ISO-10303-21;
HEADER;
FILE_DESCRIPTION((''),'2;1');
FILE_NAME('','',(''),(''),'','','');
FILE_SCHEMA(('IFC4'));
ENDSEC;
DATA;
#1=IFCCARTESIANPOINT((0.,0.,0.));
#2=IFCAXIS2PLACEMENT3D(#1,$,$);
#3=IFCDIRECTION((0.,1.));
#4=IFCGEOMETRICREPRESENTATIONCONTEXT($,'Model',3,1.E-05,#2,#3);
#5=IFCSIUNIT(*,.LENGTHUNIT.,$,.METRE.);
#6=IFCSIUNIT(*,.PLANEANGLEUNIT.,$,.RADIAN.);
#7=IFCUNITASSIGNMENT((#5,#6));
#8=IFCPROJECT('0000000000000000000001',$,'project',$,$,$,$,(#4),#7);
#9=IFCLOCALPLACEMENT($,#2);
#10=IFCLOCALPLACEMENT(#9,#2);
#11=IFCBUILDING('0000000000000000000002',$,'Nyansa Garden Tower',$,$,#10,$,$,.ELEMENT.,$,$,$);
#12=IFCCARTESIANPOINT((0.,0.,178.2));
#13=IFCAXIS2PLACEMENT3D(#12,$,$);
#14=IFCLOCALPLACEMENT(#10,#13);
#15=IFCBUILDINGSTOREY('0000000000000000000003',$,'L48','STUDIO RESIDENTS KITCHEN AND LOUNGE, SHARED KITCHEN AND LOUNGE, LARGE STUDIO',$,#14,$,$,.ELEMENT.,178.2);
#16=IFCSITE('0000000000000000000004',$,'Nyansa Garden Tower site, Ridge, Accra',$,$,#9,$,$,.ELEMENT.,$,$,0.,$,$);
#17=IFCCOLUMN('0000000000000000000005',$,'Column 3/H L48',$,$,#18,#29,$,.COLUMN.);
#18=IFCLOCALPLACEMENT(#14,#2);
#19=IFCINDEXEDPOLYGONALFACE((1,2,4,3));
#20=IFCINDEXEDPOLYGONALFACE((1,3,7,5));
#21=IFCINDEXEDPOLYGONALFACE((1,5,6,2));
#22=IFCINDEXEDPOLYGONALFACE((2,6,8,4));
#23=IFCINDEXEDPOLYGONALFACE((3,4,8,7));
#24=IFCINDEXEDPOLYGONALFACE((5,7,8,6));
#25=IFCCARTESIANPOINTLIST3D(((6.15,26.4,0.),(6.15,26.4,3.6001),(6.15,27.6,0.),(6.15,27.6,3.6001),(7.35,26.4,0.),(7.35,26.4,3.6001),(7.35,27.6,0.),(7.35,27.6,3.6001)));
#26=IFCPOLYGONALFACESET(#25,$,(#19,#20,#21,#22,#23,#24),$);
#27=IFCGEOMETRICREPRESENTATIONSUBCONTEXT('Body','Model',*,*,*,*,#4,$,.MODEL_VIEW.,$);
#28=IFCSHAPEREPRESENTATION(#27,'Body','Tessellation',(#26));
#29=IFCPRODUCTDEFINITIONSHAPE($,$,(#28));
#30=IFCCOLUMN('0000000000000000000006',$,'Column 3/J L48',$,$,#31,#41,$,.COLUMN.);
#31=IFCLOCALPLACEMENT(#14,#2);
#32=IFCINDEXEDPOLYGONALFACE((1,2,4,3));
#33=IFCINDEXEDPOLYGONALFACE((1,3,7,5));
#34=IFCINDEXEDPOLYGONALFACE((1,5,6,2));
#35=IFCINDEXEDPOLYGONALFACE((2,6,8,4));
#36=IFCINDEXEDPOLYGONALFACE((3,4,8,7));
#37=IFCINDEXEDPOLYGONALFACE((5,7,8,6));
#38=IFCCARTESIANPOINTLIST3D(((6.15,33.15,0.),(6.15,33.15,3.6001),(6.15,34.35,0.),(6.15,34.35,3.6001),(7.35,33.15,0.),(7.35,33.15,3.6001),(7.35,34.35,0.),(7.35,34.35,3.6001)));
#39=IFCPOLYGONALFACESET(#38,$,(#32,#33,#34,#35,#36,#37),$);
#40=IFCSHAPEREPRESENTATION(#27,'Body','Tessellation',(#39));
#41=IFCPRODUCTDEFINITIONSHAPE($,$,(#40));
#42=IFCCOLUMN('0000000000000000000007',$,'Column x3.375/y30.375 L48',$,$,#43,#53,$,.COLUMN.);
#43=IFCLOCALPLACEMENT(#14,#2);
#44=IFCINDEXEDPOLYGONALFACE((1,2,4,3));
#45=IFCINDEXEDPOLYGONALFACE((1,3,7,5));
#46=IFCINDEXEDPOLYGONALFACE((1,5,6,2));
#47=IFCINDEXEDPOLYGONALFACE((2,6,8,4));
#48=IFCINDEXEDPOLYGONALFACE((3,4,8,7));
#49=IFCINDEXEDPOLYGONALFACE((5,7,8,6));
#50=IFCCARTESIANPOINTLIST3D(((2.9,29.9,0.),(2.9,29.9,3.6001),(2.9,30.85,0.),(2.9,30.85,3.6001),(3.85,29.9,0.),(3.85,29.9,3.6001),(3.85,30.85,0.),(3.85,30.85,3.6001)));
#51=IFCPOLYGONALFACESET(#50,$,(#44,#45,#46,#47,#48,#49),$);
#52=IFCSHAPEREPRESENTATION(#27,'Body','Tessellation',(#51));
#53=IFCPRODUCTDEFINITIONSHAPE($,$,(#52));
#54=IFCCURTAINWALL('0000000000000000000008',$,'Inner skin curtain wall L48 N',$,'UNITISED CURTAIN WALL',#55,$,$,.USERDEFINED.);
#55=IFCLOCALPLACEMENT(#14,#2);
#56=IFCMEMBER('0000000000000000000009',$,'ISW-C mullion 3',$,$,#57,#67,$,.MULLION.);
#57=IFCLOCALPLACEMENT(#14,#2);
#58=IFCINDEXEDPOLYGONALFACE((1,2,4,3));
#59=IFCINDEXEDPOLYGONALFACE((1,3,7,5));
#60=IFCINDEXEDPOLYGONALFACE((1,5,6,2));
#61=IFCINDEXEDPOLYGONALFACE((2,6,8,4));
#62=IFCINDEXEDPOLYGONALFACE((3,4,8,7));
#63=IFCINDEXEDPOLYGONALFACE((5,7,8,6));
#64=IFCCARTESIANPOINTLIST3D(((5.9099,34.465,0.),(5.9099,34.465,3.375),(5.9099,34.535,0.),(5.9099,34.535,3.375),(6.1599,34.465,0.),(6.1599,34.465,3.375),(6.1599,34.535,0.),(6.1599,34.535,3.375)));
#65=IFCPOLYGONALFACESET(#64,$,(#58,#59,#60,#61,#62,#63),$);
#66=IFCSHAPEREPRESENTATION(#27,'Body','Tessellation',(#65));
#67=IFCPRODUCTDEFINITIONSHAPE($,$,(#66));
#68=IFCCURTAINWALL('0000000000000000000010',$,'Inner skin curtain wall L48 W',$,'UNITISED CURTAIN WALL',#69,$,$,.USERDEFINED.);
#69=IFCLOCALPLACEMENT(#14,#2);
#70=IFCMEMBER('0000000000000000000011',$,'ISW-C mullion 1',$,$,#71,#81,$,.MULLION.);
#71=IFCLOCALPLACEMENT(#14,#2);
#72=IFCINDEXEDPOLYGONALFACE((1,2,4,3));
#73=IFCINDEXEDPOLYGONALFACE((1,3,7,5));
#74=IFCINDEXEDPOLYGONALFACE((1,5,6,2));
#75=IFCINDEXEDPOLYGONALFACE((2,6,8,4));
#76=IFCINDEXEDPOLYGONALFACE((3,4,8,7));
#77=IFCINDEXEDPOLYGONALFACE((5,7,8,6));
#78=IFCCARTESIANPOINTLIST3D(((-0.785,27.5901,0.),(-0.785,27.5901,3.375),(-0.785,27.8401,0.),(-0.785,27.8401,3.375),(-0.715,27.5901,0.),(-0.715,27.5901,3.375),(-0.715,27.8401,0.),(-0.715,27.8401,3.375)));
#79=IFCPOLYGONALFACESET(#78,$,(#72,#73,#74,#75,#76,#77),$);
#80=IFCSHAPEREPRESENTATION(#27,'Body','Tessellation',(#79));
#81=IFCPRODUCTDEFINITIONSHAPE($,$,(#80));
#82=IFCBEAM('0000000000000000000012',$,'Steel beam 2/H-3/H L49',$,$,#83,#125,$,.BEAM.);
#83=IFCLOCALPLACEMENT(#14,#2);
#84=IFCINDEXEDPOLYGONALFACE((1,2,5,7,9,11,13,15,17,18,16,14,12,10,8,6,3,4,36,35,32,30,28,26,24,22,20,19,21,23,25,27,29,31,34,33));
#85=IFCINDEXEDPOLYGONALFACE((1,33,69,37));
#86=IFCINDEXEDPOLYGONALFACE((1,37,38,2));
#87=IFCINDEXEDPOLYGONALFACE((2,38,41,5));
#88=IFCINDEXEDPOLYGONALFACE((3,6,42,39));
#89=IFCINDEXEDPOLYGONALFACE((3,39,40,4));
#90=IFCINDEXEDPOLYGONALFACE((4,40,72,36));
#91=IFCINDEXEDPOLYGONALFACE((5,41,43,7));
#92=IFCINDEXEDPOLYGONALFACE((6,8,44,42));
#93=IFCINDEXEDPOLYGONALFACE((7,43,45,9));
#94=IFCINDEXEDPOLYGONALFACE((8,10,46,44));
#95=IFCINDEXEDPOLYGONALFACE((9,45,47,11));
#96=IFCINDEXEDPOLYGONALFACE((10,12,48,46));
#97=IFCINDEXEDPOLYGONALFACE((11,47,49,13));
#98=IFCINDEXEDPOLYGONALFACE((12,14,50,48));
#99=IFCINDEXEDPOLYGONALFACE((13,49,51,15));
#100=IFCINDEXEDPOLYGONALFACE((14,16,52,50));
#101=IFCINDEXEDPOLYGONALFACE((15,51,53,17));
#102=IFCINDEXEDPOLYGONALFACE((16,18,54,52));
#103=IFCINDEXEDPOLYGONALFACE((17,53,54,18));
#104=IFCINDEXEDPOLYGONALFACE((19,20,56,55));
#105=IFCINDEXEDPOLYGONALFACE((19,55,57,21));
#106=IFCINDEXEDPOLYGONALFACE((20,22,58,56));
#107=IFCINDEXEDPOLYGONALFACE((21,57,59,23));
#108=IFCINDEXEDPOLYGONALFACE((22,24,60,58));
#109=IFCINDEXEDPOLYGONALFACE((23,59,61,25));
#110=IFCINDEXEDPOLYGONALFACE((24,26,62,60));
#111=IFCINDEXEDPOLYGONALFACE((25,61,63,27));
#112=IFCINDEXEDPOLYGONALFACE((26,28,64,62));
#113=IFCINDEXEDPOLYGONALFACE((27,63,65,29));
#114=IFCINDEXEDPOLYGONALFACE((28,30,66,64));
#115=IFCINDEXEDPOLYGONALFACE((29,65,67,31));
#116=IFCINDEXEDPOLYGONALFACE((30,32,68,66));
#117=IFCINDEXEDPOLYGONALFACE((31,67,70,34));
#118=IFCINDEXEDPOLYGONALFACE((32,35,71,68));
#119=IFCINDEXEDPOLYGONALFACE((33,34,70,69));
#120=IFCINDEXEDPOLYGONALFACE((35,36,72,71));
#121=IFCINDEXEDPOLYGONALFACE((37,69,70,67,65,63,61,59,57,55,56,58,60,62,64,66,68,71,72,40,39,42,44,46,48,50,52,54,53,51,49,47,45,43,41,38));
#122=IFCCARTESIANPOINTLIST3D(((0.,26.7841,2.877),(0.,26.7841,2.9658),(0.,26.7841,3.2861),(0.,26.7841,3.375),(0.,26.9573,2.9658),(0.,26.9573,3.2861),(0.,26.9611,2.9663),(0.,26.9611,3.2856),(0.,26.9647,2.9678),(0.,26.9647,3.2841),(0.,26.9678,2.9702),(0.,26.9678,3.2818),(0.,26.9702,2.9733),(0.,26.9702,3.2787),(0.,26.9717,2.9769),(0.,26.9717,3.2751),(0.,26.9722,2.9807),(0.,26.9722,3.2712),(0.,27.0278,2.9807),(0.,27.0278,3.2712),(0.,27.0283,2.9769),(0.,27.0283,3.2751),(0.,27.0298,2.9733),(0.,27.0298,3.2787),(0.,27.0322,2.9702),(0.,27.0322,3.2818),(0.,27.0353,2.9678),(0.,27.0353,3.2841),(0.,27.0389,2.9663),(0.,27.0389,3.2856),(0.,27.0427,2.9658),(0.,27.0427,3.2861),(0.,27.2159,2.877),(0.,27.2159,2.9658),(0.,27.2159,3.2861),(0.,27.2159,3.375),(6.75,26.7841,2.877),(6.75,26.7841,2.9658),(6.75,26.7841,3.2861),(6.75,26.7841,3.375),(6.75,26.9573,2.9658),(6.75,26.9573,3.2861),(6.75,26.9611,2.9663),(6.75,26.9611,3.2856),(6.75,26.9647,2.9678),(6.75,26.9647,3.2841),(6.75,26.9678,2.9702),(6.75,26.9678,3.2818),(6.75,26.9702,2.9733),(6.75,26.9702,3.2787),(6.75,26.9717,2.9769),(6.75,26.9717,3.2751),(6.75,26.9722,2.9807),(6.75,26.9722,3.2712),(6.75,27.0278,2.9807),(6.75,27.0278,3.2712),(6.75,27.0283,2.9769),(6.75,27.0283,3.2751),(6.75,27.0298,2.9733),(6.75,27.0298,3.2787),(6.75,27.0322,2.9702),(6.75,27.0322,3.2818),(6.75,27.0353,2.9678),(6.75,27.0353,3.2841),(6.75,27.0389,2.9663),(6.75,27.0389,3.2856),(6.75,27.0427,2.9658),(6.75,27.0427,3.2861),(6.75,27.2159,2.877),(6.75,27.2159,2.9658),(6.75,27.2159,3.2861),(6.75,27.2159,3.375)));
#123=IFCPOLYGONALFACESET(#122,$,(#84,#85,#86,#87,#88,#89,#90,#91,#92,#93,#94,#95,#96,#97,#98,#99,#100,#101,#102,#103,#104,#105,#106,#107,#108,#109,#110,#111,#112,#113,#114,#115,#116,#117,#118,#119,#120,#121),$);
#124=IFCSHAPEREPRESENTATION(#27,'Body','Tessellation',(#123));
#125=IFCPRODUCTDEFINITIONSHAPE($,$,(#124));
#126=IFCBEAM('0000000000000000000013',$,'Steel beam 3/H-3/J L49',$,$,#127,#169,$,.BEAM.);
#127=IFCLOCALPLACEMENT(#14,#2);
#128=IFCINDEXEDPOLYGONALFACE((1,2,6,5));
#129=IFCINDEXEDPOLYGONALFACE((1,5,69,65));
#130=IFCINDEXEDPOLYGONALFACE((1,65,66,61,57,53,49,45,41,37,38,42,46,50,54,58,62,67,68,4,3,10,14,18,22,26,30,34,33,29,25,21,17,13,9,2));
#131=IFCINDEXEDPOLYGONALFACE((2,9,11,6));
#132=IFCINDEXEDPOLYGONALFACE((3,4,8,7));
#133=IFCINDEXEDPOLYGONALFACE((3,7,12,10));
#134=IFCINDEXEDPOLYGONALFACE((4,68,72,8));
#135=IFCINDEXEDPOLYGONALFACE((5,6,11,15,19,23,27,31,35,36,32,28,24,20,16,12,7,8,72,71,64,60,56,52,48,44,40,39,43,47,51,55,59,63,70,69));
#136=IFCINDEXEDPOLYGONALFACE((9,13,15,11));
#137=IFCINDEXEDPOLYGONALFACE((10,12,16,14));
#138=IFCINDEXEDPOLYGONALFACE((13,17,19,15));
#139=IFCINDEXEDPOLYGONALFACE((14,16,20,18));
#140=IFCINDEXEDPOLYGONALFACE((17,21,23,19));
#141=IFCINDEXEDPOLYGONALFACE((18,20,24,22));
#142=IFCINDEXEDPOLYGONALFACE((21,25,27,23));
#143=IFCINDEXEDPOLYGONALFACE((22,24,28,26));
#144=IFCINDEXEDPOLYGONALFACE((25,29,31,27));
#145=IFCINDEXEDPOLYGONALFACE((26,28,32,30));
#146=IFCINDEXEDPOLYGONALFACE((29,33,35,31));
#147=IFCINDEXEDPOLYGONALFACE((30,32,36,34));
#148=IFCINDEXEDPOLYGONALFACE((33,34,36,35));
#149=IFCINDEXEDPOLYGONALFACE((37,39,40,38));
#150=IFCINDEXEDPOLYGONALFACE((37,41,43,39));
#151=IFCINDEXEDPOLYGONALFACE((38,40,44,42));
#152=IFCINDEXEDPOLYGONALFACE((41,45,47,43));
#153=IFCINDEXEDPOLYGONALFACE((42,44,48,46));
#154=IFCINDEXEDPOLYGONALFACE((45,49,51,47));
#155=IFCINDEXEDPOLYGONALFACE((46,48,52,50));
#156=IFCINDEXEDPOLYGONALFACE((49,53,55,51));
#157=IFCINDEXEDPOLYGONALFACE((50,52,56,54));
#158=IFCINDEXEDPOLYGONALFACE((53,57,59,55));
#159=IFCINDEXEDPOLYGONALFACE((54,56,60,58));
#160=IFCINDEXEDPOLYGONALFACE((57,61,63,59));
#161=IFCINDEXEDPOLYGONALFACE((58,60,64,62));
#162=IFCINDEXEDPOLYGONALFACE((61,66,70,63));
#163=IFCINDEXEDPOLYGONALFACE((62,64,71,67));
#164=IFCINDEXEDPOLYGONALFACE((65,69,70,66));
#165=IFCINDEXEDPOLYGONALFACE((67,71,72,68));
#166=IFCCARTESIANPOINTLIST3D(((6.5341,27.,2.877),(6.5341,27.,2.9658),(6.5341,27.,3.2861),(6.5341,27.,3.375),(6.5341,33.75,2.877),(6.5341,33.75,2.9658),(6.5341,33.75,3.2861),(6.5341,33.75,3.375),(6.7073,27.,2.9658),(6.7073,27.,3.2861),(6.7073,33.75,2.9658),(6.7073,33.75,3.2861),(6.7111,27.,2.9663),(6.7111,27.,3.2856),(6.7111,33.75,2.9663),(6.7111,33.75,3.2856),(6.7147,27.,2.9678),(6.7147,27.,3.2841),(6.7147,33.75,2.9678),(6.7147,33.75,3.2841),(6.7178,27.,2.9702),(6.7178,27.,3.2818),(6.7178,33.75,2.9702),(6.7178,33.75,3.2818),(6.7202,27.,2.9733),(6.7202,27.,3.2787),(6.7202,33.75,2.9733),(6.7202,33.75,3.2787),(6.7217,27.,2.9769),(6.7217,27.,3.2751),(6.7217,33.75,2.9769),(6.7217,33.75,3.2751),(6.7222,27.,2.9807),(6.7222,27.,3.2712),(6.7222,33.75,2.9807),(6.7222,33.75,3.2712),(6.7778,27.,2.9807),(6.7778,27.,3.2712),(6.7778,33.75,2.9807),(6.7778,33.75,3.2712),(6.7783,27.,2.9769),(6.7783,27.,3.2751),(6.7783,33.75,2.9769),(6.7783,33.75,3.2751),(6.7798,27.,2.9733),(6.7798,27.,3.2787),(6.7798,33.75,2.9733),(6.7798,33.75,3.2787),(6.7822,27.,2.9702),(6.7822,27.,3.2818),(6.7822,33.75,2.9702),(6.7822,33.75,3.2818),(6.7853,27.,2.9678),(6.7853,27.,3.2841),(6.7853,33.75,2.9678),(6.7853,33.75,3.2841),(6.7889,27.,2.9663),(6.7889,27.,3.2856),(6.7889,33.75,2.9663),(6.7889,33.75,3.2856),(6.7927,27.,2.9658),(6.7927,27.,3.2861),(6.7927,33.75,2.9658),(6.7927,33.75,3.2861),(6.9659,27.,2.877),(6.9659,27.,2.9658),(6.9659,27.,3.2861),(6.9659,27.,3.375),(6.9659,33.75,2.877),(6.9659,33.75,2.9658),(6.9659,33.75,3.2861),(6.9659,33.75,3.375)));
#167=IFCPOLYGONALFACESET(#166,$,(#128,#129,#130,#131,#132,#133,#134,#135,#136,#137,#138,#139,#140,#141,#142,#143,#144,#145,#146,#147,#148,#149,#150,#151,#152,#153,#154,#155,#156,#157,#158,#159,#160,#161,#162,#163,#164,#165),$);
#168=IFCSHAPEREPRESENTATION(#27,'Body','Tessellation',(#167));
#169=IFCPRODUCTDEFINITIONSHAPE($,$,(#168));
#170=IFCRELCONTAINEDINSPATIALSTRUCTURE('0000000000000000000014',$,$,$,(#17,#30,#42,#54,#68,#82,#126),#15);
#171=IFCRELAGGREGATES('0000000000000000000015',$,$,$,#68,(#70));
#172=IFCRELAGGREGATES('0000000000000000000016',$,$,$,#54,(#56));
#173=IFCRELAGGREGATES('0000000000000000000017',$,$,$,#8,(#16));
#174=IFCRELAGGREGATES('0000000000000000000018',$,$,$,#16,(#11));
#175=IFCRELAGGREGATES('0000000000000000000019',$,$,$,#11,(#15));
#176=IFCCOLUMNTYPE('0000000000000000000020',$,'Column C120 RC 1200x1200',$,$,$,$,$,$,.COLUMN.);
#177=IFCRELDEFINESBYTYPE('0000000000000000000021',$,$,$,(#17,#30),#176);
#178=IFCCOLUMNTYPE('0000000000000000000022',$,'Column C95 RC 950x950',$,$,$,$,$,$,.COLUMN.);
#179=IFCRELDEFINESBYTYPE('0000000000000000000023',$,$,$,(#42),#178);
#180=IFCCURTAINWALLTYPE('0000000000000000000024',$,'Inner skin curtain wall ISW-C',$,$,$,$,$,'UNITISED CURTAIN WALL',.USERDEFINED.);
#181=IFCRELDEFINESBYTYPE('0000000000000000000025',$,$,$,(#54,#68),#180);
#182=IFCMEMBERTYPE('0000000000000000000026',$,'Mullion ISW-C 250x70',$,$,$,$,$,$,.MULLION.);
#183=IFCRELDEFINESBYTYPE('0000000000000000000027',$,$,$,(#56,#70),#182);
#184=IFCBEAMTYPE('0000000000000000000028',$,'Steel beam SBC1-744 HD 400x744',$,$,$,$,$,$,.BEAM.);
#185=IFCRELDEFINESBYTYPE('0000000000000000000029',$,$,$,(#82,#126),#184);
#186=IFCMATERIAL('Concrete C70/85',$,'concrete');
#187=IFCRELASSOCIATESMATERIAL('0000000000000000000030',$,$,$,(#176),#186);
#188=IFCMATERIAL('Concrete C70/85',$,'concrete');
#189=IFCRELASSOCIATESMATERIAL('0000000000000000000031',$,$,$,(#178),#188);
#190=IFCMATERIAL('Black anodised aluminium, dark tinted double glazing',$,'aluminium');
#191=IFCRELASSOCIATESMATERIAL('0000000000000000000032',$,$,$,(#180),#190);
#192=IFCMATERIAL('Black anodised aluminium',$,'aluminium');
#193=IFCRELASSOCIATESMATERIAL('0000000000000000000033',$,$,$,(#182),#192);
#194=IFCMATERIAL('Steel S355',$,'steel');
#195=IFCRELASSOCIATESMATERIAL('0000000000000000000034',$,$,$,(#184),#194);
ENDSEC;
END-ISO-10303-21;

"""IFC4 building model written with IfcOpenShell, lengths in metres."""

from ifc_helpers import new_model, si_unit, direction, frame, origin, origin_2d, place, context, subcontext, project, spatial, rectangle, i_section, extrude, material, material_profile, profile_set, type_object, element, aggregate, save


model = new_model("IFC4")

# Units and contexts
model_context = context("Model", 3, precision=1e-05, world=origin(), true_north=direction((0.0, 1.0)))
body_context = subcontext(model_context, "Body", "Model", "MODEL_VIEW")
ifc_project = project(units=[si_unit("LENGTHUNIT", "METRE"), si_unit("PLANEANGLEUNIT", "RADIAN")], contexts=[model_context])

# Site, building, storey
site_placement = place(None, origin())
site = spatial("IfcSite", under=ifc_project, at=site_placement, Name="Nyansa Garden Tower site, Ridge, Accra", CompositionType="ELEMENT", RefElevation=0.0)
building_placement = place(site_placement, origin())
building = spatial("IfcBuilding", under=site, at=building_placement, Name="Nyansa Garden Tower", CompositionType="ELEMENT")
storey_placement = place(building_placement, frame((0.0, 0.0, 178.2)))
storey = spatial("IfcBuildingStorey", under=building, at=storey_placement, Name="L48", Description="STUDIO RESIDENTS KITCHEN AND LOUNGE, SHARED KITCHEN AND LOUNGE, LARGE STUDIO", CompositionType="ELEMENT", Elevation=178.2)

# Columns
ifc_material_1 = material(Name="Concrete C70/85", Category="concrete")
ifc_material_profile_1 = material_profile(ifc_material_1, rectangle(XDim=1.2, YDim=1.2, at=origin_2d()), Name="RC 1200x1200")
ifc_profile_set_1 = profile_set([ifc_material_profile_1], Name="Concrete C70/85")
column_type_1 = type_object("IfcColumnType", Name="Column C120 RC 1200x1200", PredefinedType="COLUMN", material=ifc_profile_set_1)
for number, where, z_axis, x_axis, name in (
    (1, (6.75, 27.0, 0.0), (0.0, 0.0, 1.0), (1.0, 0.0, 0.0), "Column 3/H L48"),
    (2, (6.75, 33.75, 0.0), (0.0, 0.0, 1.0), (1.0, 0.0, 0.0), "Column 3/J L48"),
):
    element("IfcColumn", number, at=place(storey_placement, frame(where, z_axis=z_axis, x_axis=x_axis)), inside=storey, type_object=column_type_1, Name=name, PredefinedType="COLUMN", context=body_context, shape_type="SweptSolid", body=[
        extrude(rectangle(XDim=1.2, YDim=1.2, at=origin_2d()), origin(), (0.0, 0.0, 1.0), 3.6001),
    ])
ifc_material_2 = material(Name="Concrete C70/85", Category="concrete")
ifc_material_profile_2 = material_profile(ifc_material_2, rectangle(XDim=0.95, YDim=0.95, at=origin_2d()), Name="RC 950x950")
ifc_profile_set_2 = profile_set([ifc_material_profile_2], Name="Concrete C70/85")
column_type_2 = type_object("IfcColumnType", Name="Column C95 RC 950x950", PredefinedType="COLUMN", material=ifc_profile_set_2)
column_placement = place(storey_placement, frame((3.375, 30.375, 0.0), z_axis=(0.0, 0.0, 1.0), x_axis=(1.0, 0.0, 0.0)))
element("IfcColumn", 3, at=column_placement, inside=storey, type_object=column_type_2, Name="Column x3.375/y30.375 L48", PredefinedType="COLUMN", context=body_context, shape_type="SweptSolid", body=[
    extrude(rectangle(XDim=0.95, YDim=0.95, at=origin_2d()), origin(), (0.0, 0.0, 1.0), 3.6001),
])

# Curtain walls, members
ifc_material_3 = material(Name="Black anodised aluminium, dark tinted double glazing", Category="aluminium")
curtain_wall_type = type_object("IfcCurtainWallType", Name="Inner skin curtain wall ISW-C", ElementType="UNITISED CURTAIN WALL", PredefinedType="USERDEFINED", material=ifc_material_3)
curtain_wall_1_placement = place(storey_placement, origin())
curtain_wall_1 = element("IfcCurtainWall", 4, at=curtain_wall_1_placement, inside=storey, type_object=curtain_wall_type, Name="Inner skin curtain wall L48 N", ObjectType="UNITISED CURTAIN WALL", PredefinedType="USERDEFINED")
ifc_material_4 = material(Name="Black anodised aluminium", Category="aluminium")
ifc_material_profile_3 = material_profile(ifc_material_4, rectangle(XDim=0.0701, YDim=0.25, at=origin_2d()), Name="Mullion 250x70")
ifc_profile_set_3 = profile_set([ifc_material_profile_3], Name="Black anodised aluminium")
member_type_1 = type_object("IfcMemberType", Name="Mullion ISW-C 250x70", PredefinedType="MULLION", material=ifc_profile_set_3)
member_1_placement = place(storey_placement, frame((6.0349, 34.5, 0.0), z_axis=(0.0, 0.0, 1.0), x_axis=(0.0, -1.0, 0.0)))
member_1 = element("IfcMember", 5, at=member_1_placement, type_object=member_type_1, Name="ISW-C mullion 3", PredefinedType="MULLION", context=body_context, shape_type="SweptSolid", body=[
    extrude(rectangle(XDim=0.0701, YDim=0.25, at=origin_2d()), origin(), (0.0, 0.0, 1.0), 3.375),
])
curtain_wall_2_placement = place(storey_placement, origin())
curtain_wall_2 = element("IfcCurtainWall", 6, at=curtain_wall_2_placement, inside=storey, type_object=curtain_wall_type, Name="Inner skin curtain wall L48 W", ObjectType="UNITISED CURTAIN WALL", PredefinedType="USERDEFINED")
member_2_placement = place(storey_placement, frame((-0.75, 27.7151, 0.0), z_axis=(0.0, 0.0, 1.0), x_axis=(1.0, 0.0, 0.0)))
member_2 = element("IfcMember", 7, at=member_2_placement, type_object=member_type_1, Name="ISW-C mullion 1", PredefinedType="MULLION", context=body_context, shape_type="SweptSolid", body=[
    extrude(rectangle(XDim=0.0701, YDim=0.25, at=origin_2d()), origin(), (0.0, 0.0, 1.0), 3.375),
])

# Beams
ifc_material_5 = material(Name="Steel S355", Category="steel")
ifc_material_profile_4 = material_profile(ifc_material_5, i_section(OverallWidth=0.4319, OverallDepth=0.498, WebThickness=0.0557, FlangeThickness=0.0889, FilletRadius=0.0149, at=origin_2d()), Name="HD 400x744")
ifc_profile_set_4 = profile_set([ifc_material_profile_4], Name="Steel S355")
beam_type_1 = type_object("IfcBeamType", Name="Steel beam SBC1-744 HD 400x744", PredefinedType="BEAM", material=ifc_profile_set_4)
for number, where, z_axis, x_axis, name in (
    (8, (0.0, 27.0, 3.126), (1.0, 0.0, 0.0), (0.0, 1.0, 0.0), "Steel beam 2/H-3/H L49"),
    (9, (6.75, 27.0, 3.126), (0.0, 1.0, 0.0), (-1.0, 0.0, 0.0), "Steel beam 3/H-3/J L49"),
):
    element("IfcBeam", number, at=place(storey_placement, frame(where, z_axis=z_axis, x_axis=x_axis)), inside=storey, type_object=beam_type_1, Name=name, PredefinedType="BEAM", context=body_context, shape_type="SweptSolid", body=[
        extrude(i_section(OverallWidth=0.4319, OverallDepth=0.498, WebThickness=0.0557, FlangeThickness=0.0889, FilletRadius=0.0149, at=origin_2d()), origin(), (0.0, 0.0, 1.0), 6.75),
    ])

aggregate(curtain_wall_2, [member_2])

aggregate(curtain_wall_1, [member_1])

save(model, "model.ifc")
